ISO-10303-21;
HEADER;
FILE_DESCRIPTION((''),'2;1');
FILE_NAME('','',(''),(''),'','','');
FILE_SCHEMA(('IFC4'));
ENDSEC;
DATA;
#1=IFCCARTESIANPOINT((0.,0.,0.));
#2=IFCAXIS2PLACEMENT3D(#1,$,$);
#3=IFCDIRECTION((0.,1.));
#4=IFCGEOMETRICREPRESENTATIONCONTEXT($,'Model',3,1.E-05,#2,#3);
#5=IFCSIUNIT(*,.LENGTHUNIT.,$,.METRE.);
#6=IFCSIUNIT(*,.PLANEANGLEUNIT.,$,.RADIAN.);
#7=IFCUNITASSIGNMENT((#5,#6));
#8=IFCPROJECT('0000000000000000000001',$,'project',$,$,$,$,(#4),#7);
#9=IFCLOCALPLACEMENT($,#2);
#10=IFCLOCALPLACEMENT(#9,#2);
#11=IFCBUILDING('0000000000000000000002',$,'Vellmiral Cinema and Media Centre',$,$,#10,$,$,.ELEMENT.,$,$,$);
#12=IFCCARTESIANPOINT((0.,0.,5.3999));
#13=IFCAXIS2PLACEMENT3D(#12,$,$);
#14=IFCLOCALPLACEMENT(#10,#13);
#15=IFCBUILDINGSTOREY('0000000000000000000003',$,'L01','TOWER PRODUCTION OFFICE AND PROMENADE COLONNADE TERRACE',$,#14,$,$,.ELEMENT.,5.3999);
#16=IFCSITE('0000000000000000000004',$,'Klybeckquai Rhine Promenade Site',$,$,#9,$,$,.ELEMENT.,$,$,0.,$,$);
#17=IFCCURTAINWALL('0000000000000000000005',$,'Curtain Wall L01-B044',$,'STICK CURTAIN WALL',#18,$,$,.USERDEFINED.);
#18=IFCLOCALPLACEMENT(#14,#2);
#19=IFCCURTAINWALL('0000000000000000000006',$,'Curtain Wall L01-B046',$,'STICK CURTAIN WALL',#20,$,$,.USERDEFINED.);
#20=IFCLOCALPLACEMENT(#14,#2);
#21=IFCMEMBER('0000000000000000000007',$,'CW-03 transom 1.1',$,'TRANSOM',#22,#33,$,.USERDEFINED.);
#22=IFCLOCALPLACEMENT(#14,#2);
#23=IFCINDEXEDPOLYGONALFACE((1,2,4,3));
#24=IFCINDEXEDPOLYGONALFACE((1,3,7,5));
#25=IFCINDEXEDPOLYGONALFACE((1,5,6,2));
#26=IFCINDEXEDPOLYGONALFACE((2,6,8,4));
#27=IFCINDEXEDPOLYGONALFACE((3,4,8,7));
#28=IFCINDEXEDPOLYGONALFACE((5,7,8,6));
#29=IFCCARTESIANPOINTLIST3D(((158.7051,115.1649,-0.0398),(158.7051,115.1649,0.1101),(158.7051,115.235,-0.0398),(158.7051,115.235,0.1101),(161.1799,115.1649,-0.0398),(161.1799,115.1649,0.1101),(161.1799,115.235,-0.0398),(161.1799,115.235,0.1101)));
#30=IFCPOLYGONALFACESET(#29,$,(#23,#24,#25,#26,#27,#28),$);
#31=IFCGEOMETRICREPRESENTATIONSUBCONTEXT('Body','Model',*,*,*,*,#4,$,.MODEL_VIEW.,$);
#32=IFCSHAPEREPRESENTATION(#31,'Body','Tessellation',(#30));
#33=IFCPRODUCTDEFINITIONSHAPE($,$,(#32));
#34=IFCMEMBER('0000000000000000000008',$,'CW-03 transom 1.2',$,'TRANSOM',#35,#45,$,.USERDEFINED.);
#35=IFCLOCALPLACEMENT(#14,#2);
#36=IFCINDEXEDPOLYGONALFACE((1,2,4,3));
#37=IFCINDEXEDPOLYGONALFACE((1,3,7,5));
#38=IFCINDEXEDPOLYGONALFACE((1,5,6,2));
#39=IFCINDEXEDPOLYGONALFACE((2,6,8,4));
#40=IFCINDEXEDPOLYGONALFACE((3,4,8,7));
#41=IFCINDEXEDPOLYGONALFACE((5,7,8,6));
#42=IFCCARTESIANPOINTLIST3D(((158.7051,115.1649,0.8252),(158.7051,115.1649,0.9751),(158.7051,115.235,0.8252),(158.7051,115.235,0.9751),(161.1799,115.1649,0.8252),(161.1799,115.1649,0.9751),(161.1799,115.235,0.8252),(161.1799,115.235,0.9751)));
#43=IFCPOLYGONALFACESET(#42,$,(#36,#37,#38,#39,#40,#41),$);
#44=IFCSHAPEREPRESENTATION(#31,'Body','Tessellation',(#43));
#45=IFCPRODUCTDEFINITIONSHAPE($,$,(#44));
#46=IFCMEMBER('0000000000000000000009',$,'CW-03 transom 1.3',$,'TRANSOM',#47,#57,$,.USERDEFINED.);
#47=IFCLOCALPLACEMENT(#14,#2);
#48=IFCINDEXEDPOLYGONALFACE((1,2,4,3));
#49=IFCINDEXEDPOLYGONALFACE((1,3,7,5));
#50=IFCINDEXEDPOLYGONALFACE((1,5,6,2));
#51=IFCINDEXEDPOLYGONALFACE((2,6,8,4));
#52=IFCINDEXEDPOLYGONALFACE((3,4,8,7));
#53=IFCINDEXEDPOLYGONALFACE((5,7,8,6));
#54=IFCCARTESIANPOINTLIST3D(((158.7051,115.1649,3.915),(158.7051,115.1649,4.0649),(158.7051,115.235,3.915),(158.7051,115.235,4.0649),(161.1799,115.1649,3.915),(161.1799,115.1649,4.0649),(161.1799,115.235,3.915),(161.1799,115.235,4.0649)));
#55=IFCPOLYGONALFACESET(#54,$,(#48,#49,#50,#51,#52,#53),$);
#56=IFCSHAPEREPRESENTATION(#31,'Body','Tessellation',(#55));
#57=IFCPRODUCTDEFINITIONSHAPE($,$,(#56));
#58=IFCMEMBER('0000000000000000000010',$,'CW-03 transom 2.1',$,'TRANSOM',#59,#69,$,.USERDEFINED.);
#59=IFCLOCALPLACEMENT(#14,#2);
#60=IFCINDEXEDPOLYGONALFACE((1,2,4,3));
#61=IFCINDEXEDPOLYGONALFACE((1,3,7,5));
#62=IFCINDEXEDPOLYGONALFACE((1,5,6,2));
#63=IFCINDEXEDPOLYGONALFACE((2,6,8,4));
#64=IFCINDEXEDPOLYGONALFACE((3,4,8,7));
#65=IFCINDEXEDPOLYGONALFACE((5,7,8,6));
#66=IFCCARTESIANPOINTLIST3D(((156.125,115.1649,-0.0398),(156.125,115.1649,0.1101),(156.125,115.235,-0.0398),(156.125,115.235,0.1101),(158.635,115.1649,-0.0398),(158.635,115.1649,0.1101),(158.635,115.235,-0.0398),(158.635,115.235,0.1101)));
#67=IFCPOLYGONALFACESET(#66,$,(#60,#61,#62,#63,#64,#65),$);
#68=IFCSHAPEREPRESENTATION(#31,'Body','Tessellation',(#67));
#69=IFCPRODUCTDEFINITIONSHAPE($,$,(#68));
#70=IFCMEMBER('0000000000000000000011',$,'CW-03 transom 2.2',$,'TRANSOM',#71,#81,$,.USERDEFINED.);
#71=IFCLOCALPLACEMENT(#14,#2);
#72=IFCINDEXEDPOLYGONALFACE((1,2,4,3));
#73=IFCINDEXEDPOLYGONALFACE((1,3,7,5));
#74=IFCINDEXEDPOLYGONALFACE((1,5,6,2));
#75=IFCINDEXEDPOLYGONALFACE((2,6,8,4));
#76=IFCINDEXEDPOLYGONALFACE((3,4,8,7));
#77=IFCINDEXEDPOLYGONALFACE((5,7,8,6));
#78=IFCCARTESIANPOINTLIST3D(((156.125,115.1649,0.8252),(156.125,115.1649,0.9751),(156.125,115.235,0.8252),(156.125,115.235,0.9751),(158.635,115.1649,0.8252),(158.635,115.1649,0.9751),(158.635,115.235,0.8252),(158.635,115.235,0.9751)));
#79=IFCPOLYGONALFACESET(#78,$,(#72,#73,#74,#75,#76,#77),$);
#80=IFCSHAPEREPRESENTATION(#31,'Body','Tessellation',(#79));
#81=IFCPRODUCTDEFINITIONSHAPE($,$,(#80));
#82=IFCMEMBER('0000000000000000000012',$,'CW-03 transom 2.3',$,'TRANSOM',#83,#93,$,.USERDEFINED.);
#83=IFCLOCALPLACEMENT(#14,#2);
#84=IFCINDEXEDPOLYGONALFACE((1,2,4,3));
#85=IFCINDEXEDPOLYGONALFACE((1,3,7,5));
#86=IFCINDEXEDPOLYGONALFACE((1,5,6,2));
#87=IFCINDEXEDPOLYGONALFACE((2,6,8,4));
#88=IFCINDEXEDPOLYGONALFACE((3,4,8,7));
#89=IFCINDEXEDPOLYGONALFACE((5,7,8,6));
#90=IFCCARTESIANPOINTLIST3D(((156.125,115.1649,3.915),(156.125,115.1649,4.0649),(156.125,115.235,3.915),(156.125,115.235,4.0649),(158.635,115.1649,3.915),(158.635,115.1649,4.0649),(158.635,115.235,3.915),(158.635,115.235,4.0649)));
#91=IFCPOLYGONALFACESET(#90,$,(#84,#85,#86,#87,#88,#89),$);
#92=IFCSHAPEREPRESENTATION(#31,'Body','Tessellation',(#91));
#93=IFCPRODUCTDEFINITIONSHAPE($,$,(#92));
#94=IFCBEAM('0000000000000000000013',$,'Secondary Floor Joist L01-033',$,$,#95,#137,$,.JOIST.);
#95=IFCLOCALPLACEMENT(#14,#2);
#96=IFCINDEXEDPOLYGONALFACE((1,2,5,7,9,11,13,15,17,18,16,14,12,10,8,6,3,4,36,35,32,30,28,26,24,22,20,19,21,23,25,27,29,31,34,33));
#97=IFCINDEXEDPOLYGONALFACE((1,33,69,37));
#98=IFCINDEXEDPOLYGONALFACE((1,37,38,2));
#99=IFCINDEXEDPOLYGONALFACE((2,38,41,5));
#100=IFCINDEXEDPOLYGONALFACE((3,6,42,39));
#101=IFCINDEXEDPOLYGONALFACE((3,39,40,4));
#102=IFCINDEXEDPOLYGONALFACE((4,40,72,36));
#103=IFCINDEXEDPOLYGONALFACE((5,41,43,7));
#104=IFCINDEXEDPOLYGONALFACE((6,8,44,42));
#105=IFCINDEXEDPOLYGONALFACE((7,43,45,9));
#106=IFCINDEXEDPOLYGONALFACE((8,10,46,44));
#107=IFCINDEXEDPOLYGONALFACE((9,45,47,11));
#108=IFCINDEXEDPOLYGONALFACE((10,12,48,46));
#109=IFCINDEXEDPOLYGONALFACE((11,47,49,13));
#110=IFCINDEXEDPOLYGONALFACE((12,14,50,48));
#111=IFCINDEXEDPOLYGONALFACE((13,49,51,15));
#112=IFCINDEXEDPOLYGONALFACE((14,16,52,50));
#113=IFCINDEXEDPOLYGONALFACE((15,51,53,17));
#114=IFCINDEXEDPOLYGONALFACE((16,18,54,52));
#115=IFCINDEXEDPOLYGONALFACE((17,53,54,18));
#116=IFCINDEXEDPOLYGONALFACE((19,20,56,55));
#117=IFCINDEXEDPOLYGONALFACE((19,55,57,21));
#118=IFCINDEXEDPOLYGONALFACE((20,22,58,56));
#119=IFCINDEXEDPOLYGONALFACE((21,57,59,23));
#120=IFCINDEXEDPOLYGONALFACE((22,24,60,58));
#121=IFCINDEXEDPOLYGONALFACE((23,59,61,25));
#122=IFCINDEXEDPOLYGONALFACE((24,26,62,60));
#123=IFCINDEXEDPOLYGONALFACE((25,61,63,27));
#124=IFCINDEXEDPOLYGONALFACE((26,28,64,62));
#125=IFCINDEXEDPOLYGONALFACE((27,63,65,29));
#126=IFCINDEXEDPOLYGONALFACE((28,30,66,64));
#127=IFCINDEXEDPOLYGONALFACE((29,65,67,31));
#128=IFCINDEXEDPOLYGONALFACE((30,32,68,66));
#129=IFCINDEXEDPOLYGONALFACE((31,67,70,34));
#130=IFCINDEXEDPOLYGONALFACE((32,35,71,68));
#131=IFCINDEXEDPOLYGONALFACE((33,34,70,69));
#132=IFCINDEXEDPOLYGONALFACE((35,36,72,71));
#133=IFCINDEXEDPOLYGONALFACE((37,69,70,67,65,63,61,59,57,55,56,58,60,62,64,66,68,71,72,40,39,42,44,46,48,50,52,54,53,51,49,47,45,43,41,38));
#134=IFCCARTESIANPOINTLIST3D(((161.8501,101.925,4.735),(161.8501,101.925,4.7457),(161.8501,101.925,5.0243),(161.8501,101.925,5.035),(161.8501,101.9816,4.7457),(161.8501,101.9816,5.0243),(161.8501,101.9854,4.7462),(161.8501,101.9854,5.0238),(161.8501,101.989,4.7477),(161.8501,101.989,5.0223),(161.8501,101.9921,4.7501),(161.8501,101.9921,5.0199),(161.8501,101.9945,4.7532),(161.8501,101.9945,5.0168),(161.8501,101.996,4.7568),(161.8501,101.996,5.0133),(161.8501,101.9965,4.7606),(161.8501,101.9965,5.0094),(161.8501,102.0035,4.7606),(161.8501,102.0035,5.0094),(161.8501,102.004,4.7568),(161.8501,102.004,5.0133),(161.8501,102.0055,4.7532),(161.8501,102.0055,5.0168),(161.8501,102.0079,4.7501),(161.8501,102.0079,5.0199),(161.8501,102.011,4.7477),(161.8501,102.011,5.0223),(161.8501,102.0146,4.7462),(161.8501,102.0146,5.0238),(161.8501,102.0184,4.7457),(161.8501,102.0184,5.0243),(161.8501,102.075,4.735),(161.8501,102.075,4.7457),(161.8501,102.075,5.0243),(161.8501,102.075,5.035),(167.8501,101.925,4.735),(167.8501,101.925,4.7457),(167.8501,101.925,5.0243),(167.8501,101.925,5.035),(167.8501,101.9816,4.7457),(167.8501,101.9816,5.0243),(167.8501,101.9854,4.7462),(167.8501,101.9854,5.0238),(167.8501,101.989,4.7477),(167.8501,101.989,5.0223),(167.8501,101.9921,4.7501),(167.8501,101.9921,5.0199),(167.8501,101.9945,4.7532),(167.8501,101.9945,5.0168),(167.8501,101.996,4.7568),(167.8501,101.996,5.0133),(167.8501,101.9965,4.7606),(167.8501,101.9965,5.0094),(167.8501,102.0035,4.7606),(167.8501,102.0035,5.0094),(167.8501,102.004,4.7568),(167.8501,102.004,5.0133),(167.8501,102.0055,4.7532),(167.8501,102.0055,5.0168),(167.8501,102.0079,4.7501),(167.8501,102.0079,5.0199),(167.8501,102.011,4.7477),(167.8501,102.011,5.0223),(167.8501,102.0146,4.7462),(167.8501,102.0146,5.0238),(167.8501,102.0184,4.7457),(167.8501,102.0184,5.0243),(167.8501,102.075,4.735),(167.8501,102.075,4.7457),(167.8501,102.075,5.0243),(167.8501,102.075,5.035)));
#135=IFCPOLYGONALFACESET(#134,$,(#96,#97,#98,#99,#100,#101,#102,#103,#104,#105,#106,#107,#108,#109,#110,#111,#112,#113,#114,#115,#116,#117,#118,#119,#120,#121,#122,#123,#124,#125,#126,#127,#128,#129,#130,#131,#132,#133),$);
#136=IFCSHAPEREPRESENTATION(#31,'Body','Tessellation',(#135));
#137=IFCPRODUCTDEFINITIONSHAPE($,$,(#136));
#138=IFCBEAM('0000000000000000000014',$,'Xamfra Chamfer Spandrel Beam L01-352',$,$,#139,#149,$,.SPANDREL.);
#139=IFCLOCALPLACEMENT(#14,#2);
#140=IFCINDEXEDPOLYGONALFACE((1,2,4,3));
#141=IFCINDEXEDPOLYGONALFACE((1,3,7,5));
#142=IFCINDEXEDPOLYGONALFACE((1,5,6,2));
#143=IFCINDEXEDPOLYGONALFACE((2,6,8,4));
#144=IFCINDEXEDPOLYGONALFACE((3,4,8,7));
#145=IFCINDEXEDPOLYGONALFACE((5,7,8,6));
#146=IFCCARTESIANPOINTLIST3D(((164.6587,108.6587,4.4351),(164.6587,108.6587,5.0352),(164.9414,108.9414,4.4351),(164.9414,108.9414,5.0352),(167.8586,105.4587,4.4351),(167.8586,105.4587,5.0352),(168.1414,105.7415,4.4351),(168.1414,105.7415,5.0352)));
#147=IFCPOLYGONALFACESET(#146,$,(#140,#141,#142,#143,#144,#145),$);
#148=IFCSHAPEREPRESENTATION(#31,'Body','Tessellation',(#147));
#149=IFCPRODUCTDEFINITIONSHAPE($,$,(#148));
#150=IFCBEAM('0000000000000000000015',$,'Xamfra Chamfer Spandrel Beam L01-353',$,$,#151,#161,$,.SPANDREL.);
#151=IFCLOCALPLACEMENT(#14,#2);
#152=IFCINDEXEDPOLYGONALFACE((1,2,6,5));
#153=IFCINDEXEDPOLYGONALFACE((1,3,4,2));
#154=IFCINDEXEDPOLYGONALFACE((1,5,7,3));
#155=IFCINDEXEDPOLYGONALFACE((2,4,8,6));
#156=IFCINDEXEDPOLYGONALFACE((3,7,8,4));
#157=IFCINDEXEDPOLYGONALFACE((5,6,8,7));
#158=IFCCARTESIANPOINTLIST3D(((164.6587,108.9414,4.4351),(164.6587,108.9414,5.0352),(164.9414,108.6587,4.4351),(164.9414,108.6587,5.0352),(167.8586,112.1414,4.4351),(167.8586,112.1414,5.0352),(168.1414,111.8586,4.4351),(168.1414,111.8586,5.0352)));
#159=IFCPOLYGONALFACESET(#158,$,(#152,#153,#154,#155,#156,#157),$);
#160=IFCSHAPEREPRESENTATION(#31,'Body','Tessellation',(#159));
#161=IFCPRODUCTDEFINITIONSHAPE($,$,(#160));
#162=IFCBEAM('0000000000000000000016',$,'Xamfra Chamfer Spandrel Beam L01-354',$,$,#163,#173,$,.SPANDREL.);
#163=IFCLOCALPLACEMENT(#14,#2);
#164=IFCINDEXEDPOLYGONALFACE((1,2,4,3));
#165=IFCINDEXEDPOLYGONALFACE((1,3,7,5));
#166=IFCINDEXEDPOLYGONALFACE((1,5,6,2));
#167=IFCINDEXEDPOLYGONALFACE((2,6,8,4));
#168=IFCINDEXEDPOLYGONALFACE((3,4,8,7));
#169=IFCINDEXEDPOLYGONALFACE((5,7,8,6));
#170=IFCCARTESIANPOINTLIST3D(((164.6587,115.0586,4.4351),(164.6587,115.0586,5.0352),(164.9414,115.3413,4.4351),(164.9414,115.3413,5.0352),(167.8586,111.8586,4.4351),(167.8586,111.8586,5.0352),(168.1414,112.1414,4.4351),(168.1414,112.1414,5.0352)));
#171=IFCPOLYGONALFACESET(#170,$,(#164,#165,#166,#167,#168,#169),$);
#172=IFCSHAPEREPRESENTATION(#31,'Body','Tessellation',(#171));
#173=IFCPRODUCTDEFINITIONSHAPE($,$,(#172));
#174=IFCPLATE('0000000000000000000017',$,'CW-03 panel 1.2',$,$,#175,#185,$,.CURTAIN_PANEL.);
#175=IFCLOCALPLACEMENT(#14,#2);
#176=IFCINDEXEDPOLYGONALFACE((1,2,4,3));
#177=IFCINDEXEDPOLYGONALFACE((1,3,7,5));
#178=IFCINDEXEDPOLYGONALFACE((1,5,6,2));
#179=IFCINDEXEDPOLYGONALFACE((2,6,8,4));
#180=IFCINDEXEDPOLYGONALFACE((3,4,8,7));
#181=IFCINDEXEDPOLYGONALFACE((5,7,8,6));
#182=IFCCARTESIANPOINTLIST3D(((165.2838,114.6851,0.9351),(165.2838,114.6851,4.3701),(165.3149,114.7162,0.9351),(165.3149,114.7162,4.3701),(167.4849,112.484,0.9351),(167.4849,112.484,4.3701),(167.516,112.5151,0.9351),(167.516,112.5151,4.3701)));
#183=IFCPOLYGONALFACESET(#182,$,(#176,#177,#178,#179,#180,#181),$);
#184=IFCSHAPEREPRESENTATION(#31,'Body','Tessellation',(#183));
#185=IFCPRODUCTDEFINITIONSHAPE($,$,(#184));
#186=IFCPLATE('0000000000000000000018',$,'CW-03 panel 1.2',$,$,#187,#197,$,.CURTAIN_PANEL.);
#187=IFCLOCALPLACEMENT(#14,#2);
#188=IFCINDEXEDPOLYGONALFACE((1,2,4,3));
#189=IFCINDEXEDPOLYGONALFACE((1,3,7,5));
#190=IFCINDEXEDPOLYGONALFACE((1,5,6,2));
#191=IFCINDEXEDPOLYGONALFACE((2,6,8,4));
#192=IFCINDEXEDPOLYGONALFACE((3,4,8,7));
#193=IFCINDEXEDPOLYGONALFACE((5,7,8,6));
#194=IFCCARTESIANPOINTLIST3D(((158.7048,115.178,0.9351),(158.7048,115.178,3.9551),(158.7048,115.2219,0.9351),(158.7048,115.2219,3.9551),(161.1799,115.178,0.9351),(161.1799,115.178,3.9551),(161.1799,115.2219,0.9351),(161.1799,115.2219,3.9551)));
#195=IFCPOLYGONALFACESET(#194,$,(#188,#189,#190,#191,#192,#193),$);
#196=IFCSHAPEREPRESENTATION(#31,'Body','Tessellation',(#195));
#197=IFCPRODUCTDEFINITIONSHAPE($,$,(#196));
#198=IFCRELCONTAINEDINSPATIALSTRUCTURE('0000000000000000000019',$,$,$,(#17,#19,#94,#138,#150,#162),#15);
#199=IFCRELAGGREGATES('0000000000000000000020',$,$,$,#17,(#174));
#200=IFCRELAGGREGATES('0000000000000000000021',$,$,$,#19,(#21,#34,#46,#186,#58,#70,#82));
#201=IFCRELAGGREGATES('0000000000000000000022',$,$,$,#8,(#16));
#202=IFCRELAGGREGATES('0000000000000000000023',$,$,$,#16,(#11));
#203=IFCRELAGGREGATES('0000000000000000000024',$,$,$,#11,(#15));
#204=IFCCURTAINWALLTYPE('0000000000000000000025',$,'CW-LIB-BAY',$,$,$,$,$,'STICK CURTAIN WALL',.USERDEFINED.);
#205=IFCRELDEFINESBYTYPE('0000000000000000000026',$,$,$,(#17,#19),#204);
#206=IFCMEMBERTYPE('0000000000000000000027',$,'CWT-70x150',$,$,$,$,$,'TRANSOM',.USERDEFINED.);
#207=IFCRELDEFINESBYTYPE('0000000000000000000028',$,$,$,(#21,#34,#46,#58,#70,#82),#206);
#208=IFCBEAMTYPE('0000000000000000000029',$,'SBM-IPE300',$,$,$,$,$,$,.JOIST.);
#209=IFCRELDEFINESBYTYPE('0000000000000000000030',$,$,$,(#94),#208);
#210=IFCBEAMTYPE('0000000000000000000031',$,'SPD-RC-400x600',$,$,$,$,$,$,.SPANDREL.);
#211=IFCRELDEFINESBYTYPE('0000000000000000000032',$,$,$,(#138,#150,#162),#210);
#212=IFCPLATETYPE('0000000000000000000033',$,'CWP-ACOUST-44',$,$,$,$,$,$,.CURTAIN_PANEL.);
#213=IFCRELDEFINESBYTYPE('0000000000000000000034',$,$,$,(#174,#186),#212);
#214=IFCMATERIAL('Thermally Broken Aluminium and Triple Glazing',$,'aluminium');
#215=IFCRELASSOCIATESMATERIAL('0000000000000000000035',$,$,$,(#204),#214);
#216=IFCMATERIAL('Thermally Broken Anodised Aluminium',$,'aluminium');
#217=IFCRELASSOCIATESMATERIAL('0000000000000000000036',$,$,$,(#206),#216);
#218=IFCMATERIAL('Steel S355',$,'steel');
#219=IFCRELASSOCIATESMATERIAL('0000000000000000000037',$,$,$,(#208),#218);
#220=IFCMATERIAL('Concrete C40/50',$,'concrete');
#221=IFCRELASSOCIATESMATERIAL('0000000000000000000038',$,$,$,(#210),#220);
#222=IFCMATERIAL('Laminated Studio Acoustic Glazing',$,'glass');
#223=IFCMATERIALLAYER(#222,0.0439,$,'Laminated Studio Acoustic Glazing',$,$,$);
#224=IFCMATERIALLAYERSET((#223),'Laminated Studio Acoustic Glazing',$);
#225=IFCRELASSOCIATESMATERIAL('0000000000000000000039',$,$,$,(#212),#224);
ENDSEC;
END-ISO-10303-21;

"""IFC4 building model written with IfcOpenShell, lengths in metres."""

from ifc_helpers import new_model, si_unit, direction, frame, origin, origin_2d, place, context, subcontext, project, spatial, rectangle, i_section, extrude, material, layer, layer_set, material_profile, profile_set, type_object, element, aggregate, save


model = new_model("IFC4")

# Units and contexts
model_context = context("Model", 3, precision=1e-05, world=origin(), true_north=direction((0.0, 1.0)))
body_context = subcontext(model_context, "Body", "Model", "MODEL_VIEW")
ifc_project = project(units=[si_unit("LENGTHUNIT", "METRE"), si_unit("PLANEANGLEUNIT", "RADIAN")], contexts=[model_context])

# Site, building, storey
site_placement = place(None, origin())
site = spatial("IfcSite", under=ifc_project, at=site_placement, Name="Klybeckquai Rhine Promenade Site", CompositionType="ELEMENT", RefElevation=0.0)
building_placement = place(site_placement, origin())
building = spatial("IfcBuilding", under=site, at=building_placement, Name="Vellmiral Cinema and Media Centre", CompositionType="ELEMENT")
storey_placement = place(building_placement, frame((0.0, 0.0, 5.3999)))
storey = spatial("IfcBuildingStorey", under=building, at=storey_placement, Name="L01", Description="TOWER PRODUCTION OFFICE AND PROMENADE COLONNADE TERRACE", CompositionType="ELEMENT", Elevation=5.3999)

# Curtain walls
ifc_material_1 = material(Name="Thermally Broken Aluminium and Triple Glazing", Category="aluminium")
curtain_wall_type = type_object("IfcCurtainWallType", Name="CW-LIB-BAY", ElementType="STICK CURTAIN WALL", PredefinedType="USERDEFINED", material=ifc_material_1)
curtain_wall_1_placement = place(storey_placement, origin())
curtain_wall_1 = element("IfcCurtainWall", 1, at=curtain_wall_1_placement, inside=storey, type_object=curtain_wall_type, Name="Curtain Wall L01-B044", ObjectType="STICK CURTAIN WALL", PredefinedType="USERDEFINED")
curtain_wall_2_placement = place(storey_placement, origin())
curtain_wall_2 = element("IfcCurtainWall", 2, at=curtain_wall_2_placement, inside=storey, type_object=curtain_wall_type, Name="Curtain Wall L01-B046", ObjectType="STICK CURTAIN WALL", PredefinedType="USERDEFINED")

# Members
ifc_material_2 = material(Name="Thermally Broken Anodised Aluminium", Category="aluminium")
ifc_material_profile_1 = material_profile(ifc_material_2, rectangle(XDim=0.0701, YDim=0.1499, at=origin_2d()), Name="MULL 70x150")
ifc_profile_set_1 = profile_set([ifc_material_profile_1], Name="Thermally Broken Anodised Aluminium")
member_type_1 = type_object("IfcMemberType", Name="CWT-70x150", ElementType="TRANSOM", PredefinedType="USERDEFINED", material=ifc_profile_set_1)
member_1_placement = place(storey_placement, frame((161.1799, 115.2, 0.0352), z_axis=(-1.0, 0.0, 0.0), x_axis=(0.0, -1.0, 0.0)))
member_1 = element("IfcMember", 3, at=member_1_placement, type_object=member_type_1, Name="CW-03 transom 1.1", ObjectType="TRANSOM", PredefinedType="USERDEFINED", context=body_context, shape_type="SweptSolid", body=[
    extrude(rectangle(XDim=0.0701, YDim=0.1499, at=origin_2d()), origin(), (0.0, 0.0, 1.0), 2.4749),
])
member_2_placement = place(storey_placement, frame((161.1799, 115.2, 0.9001), z_axis=(-1.0, 0.0, 0.0), x_axis=(0.0, -1.0, 0.0)))
member_2 = element("IfcMember", 4, at=member_2_placement, type_object=member_type_1, Name="CW-03 transom 1.2", ObjectType="TRANSOM", PredefinedType="USERDEFINED", context=body_context, shape_type="SweptSolid", body=[
    extrude(rectangle(XDim=0.0701, YDim=0.1499, at=origin_2d()), origin(), (0.0, 0.0, 1.0), 2.4749),
])
member_3_placement = place(storey_placement, frame((161.1799, 115.2, 3.99), z_axis=(-1.0, 0.0, 0.0), x_axis=(0.0, -1.0, 0.0)))
member_3 = element("IfcMember", 5, at=member_3_placement, type_object=member_type_1, Name="CW-03 transom 1.3", ObjectType="TRANSOM", PredefinedType="USERDEFINED", context=body_context, shape_type="SweptSolid", body=[
    extrude(rectangle(XDim=0.0701, YDim=0.1499, at=origin_2d()), origin(), (0.0, 0.0, 1.0), 2.4749),
])
member_4_placement = place(storey_placement, frame((158.635, 115.2, 0.0352), z_axis=(-1.0, 0.0, 0.0), x_axis=(0.0, -1.0, 0.0)))
member_4 = element("IfcMember", 6, at=member_4_placement, type_object=member_type_1, Name="CW-03 transom 2.1", ObjectType="TRANSOM", PredefinedType="USERDEFINED", context=body_context, shape_type="SweptSolid", body=[
    extrude(rectangle(XDim=0.0701, YDim=0.1499, at=origin_2d()), origin(), (0.0, 0.0, 1.0), 2.51),
])
member_5_placement = place(storey_placement, frame((158.635, 115.2, 0.9001), z_axis=(-1.0, 0.0, 0.0), x_axis=(0.0, -1.0, 0.0)))
member_5 = element("IfcMember", 7, at=member_5_placement, type_object=member_type_1, Name="CW-03 transom 2.2", ObjectType="TRANSOM", PredefinedType="USERDEFINED", context=body_context, shape_type="SweptSolid", body=[
    extrude(rectangle(XDim=0.0701, YDim=0.1499, at=origin_2d()), origin(), (0.0, 0.0, 1.0), 2.51),
])
member_6_placement = place(storey_placement, frame((158.635, 115.2, 3.99), z_axis=(-1.0, 0.0, 0.0), x_axis=(0.0, -1.0, 0.0)))
member_6 = element("IfcMember", 8, at=member_6_placement, type_object=member_type_1, Name="CW-03 transom 2.3", ObjectType="TRANSOM", PredefinedType="USERDEFINED", context=body_context, shape_type="SweptSolid", body=[
    extrude(rectangle(XDim=0.0701, YDim=0.1499, at=origin_2d()), origin(), (0.0, 0.0, 1.0), 2.51),
])

# Beams
ifc_material_3 = material(Name="Steel S355", Category="steel")
ifc_material_profile_2 = material_profile(ifc_material_3, i_section(OverallWidth=0.1499, OverallDepth=0.3, WebThickness=0.0071, FlangeThickness=0.0107, FilletRadius=0.0149, at=origin_2d()), Name="IPE 300")
ifc_profile_set_2 = profile_set([ifc_material_profile_2], Name="Steel S355")
beam_type_1 = type_object("IfcBeamType", Name="SBM-IPE300", PredefinedType="JOIST", material=ifc_profile_set_2)
beam_1_placement = place(storey_placement, frame((161.8501, 102.0, 4.885), z_axis=(1.0, 0.0, 0.0), x_axis=(0.0, 1.0, 0.0)))
element("IfcBeam", 9, at=beam_1_placement, inside=storey, type_object=beam_type_1, Name="Secondary Floor Joist L01-033", PredefinedType="JOIST", context=body_context, shape_type="SweptSolid", body=[
    extrude(i_section(OverallWidth=0.1499, OverallDepth=0.3, WebThickness=0.0071, FlangeThickness=0.0107, FilletRadius=0.0149, at=origin_2d()), origin(), (0.0, 0.0, 1.0), 6.0),
])
ifc_material_4 = material(Name="Concrete C40/50", Category="concrete")
ifc_material_profile_3 = material_profile(ifc_material_4, rectangle(XDim=0.3999, YDim=0.6001, at=origin_2d()), Name="RC 400x600")
ifc_profile_set_3 = profile_set([ifc_material_profile_3], Name="Concrete C40/50")
beam_type_2 = type_object("IfcBeamType", Name="SPD-RC-400x600", PredefinedType="SPANDREL", material=ifc_profile_set_3)
for number, where, z_axis, x_axis, name in (
    (10, (164.8, 108.8, 4.7351), (0.707107, -0.707107, 0.0), (0.707107, 0.707107, 0.0), "Xamfra Chamfer Spandrel Beam L01-352"),
    (11, (164.8, 108.8, 4.7351), (0.707107, 0.707107, 0.0), (-0.707107, 0.707107, 0.0), "Xamfra Chamfer Spandrel Beam L01-353"),
    (12, (164.8, 115.2, 4.7351), (0.707107, -0.707107, 0.0), (0.707107, 0.707107, 0.0), "Xamfra Chamfer Spandrel Beam L01-354"),
):
    element("IfcBeam", number, at=place(storey_placement, frame(where, z_axis=z_axis, x_axis=x_axis)), inside=storey, type_object=beam_type_2, Name=name, PredefinedType="SPANDREL", context=body_context, shape_type="SweptSolid", body=[
        extrude(rectangle(XDim=0.3999, YDim=0.6001, at=origin_2d()), origin(), (0.0, 0.0, 1.0), 4.5254),
    ])

# Plates
ifc_material_5 = material(Name="Laminated Studio Acoustic Glazing", Category="glass")
ifc_layer_1 = layer(ifc_material_5, 0.0439, Name="Laminated Studio Acoustic Glazing")
ifc_layer_set_1 = layer_set([ifc_layer_1], Name="Laminated Studio Acoustic Glazing")
plate_type_1 = type_object("IfcPlateType", Name="CWP-ACOUST-44", PredefinedType="CURTAIN_PANEL", material=ifc_layer_set_1)
plate_1_placement = place(storey_placement, frame((166.3999, 113.6001, 0.9351), z_axis=(0.0, 0.0, 1.0), x_axis=(-0.707107, 0.707107, 0.0)))
plate_1 = element("IfcPlate", 13, at=plate_1_placement, type_object=plate_type_1, Name="CW-03 panel 1.2", PredefinedType="CURTAIN_PANEL", context=body_context, shape_type="SweptSolid", body=[
    extrude(rectangle(XDim=3.1128, YDim=0.0439, at=origin_2d()), origin(), (0.0, 0.0, 1.0), 3.4351),
])
plate_2_placement = place(storey_placement, frame((159.9424, 115.2, 0.9351), z_axis=(0.0, 0.0, 1.0), x_axis=(-1.0, 0.0, 0.0)))
plate_2 = element("IfcPlate", 14, at=plate_2_placement, type_object=plate_type_1, Name="CW-03 panel 1.2", PredefinedType="CURTAIN_PANEL", context=body_context, shape_type="SweptSolid", body=[
    extrude(rectangle(XDim=2.4751, YDim=0.0439, at=origin_2d()), origin(), (0.0, 0.0, 1.0), 3.02),
])
aggregate(curtain_wall_1, [plate_1])
aggregate(curtain_wall_2, [member_1, member_2, member_3, plate_2, member_4, member_5, member_6])

save(model, "model.ifc")
